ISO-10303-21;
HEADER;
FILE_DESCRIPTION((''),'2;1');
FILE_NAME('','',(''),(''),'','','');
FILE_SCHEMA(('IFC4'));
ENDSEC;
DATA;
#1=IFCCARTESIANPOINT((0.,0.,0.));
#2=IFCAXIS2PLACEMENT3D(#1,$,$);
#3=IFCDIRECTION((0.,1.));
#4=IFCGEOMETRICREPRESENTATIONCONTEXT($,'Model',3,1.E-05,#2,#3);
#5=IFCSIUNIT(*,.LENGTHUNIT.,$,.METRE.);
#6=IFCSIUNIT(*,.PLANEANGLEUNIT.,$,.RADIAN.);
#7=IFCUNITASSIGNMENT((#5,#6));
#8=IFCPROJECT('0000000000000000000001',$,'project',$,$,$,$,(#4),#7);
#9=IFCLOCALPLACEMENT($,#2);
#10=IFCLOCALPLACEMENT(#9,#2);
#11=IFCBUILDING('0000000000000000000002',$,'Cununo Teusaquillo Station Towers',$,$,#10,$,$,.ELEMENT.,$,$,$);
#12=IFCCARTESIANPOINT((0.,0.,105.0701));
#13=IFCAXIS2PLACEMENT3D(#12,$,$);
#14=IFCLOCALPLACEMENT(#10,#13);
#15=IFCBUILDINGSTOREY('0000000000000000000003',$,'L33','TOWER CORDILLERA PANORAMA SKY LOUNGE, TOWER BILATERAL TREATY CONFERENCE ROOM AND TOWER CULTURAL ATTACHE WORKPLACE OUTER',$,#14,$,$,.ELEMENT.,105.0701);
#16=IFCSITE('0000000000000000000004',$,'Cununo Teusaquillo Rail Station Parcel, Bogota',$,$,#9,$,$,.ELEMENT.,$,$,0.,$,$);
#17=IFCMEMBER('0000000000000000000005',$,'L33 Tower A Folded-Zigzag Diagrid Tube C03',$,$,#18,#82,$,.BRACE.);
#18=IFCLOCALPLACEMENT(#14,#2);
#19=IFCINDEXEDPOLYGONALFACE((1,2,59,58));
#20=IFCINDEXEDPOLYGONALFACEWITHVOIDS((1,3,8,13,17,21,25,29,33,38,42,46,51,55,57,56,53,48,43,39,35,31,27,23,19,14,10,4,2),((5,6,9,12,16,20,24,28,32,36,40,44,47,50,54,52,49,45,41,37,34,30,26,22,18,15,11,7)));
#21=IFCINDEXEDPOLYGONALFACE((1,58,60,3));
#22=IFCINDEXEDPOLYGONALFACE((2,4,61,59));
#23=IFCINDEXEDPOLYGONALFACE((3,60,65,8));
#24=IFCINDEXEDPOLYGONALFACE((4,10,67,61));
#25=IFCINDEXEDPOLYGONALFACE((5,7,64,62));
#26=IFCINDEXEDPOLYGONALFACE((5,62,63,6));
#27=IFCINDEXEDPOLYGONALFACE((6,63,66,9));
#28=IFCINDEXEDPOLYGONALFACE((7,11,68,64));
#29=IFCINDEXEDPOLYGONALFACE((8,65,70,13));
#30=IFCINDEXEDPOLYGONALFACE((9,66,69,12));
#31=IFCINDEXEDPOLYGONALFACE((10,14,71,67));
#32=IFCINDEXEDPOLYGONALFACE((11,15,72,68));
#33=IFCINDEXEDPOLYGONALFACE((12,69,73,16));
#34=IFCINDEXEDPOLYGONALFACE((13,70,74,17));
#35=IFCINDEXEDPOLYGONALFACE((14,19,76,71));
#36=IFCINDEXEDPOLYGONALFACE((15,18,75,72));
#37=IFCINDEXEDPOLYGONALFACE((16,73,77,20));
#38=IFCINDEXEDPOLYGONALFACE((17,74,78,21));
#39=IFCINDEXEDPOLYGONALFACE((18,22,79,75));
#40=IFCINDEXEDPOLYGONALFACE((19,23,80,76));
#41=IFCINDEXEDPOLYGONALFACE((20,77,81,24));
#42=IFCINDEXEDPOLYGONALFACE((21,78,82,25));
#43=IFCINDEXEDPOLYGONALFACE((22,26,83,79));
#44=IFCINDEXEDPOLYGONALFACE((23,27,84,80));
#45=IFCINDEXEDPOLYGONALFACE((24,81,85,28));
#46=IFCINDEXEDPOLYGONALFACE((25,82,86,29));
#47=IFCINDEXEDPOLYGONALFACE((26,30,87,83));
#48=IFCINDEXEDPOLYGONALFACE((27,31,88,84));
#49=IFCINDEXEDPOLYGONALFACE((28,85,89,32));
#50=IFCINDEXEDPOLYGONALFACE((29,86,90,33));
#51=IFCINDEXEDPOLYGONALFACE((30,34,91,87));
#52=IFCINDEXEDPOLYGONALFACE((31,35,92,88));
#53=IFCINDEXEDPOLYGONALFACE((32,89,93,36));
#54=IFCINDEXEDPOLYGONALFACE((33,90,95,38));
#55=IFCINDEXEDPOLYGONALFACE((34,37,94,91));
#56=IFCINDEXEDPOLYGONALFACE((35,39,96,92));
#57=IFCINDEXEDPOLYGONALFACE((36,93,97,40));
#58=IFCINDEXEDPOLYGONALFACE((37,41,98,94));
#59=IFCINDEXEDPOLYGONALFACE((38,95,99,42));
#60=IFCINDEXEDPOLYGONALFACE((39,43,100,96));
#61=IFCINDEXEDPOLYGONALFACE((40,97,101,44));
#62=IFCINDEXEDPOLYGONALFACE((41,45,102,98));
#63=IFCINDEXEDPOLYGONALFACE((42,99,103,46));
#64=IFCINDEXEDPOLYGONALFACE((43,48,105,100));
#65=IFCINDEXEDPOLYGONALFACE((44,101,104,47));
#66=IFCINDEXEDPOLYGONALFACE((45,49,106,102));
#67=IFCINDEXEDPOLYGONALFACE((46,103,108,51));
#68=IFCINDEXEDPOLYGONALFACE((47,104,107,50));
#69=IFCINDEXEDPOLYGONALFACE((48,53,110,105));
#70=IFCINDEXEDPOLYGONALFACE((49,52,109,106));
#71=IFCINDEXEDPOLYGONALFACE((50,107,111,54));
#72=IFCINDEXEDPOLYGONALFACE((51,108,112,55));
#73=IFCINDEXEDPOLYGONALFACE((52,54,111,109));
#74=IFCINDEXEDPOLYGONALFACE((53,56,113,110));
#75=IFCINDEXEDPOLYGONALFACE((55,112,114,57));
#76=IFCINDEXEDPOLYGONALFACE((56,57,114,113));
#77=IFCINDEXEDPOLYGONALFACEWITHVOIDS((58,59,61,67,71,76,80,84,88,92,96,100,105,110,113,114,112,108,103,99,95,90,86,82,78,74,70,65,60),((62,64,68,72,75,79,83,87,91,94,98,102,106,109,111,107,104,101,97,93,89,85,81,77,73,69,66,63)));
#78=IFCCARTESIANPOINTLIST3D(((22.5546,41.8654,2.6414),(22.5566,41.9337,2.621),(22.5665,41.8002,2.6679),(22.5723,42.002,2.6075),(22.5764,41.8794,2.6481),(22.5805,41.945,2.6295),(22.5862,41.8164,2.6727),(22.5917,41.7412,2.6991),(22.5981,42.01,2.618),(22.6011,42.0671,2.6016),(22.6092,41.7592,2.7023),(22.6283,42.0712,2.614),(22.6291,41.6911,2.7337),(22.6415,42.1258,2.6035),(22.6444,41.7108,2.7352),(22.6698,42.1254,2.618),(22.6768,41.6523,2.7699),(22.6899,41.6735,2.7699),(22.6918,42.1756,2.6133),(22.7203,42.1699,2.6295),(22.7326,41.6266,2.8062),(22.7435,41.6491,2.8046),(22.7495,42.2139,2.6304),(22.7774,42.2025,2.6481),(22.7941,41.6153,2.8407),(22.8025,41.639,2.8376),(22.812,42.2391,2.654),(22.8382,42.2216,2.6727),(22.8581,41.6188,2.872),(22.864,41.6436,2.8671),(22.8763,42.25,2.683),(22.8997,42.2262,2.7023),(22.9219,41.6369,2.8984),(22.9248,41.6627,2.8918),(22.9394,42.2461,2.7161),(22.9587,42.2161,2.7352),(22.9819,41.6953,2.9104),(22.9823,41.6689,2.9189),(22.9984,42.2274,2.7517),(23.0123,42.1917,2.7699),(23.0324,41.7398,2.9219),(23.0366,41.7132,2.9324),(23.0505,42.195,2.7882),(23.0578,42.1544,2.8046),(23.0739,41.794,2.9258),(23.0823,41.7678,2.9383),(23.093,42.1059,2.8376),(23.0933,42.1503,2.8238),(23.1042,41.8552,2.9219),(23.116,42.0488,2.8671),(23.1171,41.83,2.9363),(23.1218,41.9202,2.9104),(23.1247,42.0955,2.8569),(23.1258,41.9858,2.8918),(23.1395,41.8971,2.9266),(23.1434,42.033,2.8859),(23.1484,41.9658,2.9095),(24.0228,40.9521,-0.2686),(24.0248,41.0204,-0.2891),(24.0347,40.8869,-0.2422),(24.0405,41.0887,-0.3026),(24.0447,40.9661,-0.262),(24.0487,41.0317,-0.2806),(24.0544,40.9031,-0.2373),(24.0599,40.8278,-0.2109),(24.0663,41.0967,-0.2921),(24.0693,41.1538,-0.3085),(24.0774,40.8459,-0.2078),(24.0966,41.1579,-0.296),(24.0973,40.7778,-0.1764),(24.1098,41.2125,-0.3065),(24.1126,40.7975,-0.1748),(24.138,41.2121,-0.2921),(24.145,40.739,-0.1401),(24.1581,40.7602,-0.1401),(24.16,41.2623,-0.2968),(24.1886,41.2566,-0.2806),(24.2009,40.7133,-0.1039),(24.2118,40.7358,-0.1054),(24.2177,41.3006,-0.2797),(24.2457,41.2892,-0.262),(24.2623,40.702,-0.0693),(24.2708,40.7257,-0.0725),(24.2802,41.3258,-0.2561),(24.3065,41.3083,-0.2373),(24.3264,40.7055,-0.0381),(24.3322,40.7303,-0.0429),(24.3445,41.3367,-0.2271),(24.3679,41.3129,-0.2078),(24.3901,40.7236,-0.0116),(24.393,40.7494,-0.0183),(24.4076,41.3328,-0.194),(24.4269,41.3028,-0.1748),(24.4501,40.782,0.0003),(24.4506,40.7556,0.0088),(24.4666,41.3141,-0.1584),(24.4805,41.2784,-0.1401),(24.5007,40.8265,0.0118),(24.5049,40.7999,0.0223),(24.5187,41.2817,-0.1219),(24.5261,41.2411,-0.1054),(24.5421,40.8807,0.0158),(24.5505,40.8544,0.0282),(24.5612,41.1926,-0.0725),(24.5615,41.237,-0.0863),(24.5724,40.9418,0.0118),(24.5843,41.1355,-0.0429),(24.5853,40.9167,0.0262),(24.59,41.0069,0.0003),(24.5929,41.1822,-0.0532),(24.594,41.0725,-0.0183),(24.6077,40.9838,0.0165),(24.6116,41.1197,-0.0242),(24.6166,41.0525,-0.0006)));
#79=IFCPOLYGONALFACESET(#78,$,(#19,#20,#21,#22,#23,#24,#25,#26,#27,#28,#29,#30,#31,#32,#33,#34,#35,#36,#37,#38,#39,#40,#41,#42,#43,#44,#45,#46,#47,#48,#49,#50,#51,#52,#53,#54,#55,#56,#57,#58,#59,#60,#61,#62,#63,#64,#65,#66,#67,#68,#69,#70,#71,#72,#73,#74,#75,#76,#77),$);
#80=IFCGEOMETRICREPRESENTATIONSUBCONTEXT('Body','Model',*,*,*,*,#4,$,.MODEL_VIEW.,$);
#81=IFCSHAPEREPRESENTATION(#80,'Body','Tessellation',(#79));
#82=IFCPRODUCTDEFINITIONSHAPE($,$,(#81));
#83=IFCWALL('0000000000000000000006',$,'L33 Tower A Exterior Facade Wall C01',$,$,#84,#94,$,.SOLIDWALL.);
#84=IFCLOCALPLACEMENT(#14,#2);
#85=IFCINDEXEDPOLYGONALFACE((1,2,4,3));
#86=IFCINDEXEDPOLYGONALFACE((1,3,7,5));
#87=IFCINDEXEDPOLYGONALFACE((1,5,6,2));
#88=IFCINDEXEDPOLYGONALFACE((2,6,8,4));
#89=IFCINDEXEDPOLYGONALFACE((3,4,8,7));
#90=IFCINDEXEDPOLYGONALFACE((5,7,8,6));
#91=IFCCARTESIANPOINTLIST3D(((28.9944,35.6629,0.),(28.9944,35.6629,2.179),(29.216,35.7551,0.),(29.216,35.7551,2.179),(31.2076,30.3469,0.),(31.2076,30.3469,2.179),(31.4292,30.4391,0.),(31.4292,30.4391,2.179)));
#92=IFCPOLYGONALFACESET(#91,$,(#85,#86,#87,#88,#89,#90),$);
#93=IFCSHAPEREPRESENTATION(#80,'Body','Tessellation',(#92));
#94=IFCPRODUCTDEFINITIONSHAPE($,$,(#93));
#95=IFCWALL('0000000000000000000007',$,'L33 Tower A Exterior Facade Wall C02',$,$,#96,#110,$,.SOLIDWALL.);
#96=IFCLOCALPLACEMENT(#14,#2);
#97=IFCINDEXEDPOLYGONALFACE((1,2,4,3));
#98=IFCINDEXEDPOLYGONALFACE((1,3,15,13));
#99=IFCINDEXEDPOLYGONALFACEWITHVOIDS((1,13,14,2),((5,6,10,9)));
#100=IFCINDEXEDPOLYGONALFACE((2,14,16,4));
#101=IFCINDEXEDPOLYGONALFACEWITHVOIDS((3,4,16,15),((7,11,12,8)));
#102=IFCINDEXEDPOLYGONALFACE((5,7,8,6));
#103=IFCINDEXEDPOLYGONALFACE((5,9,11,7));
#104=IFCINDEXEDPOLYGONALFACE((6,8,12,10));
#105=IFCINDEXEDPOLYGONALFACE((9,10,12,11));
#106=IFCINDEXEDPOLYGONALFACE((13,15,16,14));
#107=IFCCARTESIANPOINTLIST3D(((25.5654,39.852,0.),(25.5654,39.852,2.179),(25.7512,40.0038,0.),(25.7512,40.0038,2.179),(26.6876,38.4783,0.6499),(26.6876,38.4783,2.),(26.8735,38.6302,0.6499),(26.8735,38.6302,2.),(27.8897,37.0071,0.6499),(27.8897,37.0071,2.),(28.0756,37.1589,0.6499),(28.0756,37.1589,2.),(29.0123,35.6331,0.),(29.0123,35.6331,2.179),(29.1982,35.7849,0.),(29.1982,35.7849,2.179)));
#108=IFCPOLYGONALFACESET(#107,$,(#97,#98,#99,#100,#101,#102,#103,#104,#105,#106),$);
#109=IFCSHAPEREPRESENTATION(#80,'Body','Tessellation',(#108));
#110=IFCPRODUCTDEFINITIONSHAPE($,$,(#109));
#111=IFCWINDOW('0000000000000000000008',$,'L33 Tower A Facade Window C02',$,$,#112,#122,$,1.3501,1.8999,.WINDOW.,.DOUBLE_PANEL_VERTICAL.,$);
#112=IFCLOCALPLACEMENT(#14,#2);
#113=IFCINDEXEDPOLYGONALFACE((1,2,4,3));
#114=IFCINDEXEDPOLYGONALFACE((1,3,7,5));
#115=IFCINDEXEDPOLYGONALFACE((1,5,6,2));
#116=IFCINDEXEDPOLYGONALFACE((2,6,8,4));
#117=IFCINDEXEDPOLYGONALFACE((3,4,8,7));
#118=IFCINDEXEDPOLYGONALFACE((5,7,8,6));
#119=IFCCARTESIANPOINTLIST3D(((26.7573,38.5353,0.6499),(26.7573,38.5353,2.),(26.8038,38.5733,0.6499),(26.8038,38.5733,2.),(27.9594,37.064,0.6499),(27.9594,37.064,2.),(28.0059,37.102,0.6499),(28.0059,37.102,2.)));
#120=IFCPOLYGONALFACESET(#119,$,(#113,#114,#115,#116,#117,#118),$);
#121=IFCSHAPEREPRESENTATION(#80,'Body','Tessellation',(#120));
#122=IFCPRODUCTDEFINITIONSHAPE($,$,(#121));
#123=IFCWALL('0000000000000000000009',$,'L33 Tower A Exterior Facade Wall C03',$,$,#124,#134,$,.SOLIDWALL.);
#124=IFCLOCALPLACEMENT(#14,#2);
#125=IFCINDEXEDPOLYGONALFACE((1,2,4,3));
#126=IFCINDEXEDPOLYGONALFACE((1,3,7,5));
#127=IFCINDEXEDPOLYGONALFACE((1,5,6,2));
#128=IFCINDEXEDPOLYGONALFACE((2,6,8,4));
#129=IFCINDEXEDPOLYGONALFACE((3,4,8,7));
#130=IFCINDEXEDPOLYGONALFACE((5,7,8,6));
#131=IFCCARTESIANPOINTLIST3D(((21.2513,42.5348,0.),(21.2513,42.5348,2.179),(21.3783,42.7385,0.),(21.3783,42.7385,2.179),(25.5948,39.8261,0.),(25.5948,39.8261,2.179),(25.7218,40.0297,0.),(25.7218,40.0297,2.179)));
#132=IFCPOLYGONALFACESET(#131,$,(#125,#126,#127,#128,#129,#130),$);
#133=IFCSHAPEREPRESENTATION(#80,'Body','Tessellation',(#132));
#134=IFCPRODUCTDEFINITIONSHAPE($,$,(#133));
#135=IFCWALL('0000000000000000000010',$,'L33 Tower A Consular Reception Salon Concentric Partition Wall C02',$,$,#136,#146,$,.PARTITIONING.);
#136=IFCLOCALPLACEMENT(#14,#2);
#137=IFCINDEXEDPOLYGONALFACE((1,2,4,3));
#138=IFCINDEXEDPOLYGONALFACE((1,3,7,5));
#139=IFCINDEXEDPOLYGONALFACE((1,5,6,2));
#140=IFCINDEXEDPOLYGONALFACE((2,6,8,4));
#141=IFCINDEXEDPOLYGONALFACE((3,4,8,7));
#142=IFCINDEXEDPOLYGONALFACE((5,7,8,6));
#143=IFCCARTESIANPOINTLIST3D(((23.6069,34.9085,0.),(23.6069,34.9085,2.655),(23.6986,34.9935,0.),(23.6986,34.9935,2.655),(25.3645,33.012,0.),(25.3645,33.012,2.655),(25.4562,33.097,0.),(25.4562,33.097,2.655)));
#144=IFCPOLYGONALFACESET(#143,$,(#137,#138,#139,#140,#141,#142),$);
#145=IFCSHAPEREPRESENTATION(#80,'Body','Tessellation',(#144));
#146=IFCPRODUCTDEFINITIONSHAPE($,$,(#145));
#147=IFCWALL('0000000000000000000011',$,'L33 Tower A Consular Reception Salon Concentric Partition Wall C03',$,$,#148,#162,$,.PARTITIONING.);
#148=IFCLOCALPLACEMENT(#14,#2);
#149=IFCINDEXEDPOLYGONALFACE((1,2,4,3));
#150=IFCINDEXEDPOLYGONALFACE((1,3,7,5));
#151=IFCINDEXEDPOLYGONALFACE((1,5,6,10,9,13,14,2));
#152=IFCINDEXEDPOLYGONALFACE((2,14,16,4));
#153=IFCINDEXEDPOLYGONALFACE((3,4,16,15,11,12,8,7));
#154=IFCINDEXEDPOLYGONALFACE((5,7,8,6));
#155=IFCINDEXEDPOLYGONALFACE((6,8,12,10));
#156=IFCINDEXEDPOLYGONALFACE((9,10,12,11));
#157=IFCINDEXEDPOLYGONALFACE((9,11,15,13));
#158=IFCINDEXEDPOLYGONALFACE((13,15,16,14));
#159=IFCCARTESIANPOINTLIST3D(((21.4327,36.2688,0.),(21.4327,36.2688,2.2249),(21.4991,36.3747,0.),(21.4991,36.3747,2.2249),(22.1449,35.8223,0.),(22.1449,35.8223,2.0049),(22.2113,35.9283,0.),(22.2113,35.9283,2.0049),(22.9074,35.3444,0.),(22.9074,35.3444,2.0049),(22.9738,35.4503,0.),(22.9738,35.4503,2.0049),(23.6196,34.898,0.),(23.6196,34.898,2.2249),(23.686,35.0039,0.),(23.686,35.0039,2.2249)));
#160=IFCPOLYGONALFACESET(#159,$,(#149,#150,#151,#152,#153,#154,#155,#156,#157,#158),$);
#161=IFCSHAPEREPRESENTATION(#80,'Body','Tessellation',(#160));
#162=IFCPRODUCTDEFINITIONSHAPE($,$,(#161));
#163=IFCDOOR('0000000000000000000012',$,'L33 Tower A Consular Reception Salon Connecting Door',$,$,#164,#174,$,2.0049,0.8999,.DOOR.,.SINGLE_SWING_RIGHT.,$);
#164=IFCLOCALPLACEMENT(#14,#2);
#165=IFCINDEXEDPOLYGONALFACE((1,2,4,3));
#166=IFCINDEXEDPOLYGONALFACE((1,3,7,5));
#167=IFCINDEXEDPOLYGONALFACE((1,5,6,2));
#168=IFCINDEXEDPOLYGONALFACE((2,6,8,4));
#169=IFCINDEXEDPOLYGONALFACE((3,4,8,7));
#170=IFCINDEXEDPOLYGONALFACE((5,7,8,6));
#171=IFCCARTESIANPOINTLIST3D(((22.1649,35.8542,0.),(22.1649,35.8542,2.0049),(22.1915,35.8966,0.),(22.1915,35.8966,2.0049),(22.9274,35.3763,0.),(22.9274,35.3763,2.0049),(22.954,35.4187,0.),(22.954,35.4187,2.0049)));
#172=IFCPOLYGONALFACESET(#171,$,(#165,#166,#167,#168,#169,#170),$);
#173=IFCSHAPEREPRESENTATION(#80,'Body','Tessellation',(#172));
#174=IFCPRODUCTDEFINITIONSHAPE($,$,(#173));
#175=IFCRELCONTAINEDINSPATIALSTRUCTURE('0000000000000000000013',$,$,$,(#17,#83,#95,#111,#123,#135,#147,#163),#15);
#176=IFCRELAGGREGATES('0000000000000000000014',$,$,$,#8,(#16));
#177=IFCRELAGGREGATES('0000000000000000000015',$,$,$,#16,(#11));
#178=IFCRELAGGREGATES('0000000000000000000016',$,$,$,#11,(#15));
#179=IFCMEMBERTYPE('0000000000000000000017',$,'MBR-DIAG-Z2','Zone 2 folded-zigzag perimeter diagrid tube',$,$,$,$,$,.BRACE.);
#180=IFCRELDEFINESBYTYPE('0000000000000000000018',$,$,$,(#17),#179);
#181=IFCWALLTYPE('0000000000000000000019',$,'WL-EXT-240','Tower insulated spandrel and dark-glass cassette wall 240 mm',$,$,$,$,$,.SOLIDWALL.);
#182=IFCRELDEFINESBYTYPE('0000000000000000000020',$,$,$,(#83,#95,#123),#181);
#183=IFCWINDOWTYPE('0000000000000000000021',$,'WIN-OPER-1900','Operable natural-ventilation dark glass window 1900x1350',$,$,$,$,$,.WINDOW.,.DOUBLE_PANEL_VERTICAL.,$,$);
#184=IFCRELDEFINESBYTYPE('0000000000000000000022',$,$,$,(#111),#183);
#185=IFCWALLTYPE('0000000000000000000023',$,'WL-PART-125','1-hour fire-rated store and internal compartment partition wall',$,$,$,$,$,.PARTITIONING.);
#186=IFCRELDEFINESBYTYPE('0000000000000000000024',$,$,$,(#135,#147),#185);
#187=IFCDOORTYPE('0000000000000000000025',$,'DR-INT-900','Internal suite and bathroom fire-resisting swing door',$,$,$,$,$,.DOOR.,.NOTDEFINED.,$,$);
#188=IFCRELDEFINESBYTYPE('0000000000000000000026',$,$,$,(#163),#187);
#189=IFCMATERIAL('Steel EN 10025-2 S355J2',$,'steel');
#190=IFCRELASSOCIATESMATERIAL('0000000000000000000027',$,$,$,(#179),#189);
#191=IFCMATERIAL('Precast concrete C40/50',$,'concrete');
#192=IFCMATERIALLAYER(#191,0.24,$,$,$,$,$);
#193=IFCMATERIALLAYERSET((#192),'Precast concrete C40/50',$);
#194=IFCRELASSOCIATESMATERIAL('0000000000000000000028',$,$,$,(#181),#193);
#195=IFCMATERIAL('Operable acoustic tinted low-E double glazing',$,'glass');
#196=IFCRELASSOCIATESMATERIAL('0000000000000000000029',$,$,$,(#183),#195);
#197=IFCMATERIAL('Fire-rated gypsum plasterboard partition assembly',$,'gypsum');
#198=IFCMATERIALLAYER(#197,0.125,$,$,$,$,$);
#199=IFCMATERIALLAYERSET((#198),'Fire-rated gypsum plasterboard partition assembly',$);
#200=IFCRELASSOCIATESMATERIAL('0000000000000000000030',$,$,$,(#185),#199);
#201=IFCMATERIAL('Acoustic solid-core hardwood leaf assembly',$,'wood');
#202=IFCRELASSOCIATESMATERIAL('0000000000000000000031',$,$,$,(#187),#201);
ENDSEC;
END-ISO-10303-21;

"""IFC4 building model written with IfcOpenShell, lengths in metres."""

from ifc_helpers import new_model, si_unit, direction, frame, frame_2d, origin, origin_2d, place, context, subcontext, project, spatial, rectangle, hollow_circle, extrude, source, transform, mapped, material, layer, layer_set, material_profile, profile_set, type_object, element, fill, save


model = new_model("IFC4")

# Units and contexts
model_context = context("Model", 3, precision=1e-05, world=origin(), true_north=direction((0.0, 1.0)))
body_context = subcontext(model_context, "Body", "Model", "MODEL_VIEW")
ifc_project = project(units=[si_unit("LENGTHUNIT", "METRE"), si_unit("PLANEANGLEUNIT", "RADIAN")], contexts=[model_context])

# Site, building, storey
site_placement = place(None, origin())
site = spatial("IfcSite", under=ifc_project, at=site_placement, Name="Cununo Teusaquillo Rail Station Parcel, Bogota", CompositionType="ELEMENT", RefElevation=0.0)
building_placement = place(site_placement, origin())
building = spatial("IfcBuilding", under=site, at=building_placement, Name="Cununo Teusaquillo Station Towers", CompositionType="ELEMENT")
storey_placement = place(building_placement, frame((0.0, 0.0, 105.0701)))
storey = spatial("IfcBuildingStorey", under=building, at=storey_placement, Name="L33", Description="TOWER CORDILLERA PANORAMA SKY LOUNGE, TOWER BILATERAL TREATY CONFERENCE ROOM AND TOWER CULTURAL ATTACHE WORKPLACE OUTER", CompositionType="ELEMENT", Elevation=105.0701)

# Member
ifc_material_1 = material(Name="Steel EN 10025-2 S355J2", Category="steel")
ifc_material_profile_1 = material_profile(ifc_material_1, hollow_circle(Radius=0.3301, WallThickness=0.0249, at=origin_2d()), Name="CHS 660x25")
ifc_profile_set_1 = profile_set([ifc_material_profile_1], Name="Steel EN 10025-2 S355J2")
member_type = type_object("IfcMemberType", Name="MBR-DIAG-Z2", Description="Zone 2 folded-zigzag perimeter diagrid tube", PredefinedType="BRACE", material=ifc_profile_set_1)
member_1_placement = place(storey_placement, frame((24.3193, 41.0193, -0.1401), z_axis=(-0.433741, 0.269808, 0.859693), x_axis=(-0.528196, -0.849123, 0.0)))
element("IfcMember", 1, at=member_1_placement, inside=storey, type_object=member_type, Name="L33 Tower A Folded-Zigzag Diagrid Tube C03", PredefinedType="BRACE", context=body_context, shape_type="SweptSolid", body=[
    extrude(hollow_circle(Radius=0.3301, WallThickness=0.0249, at=origin_2d()), origin(), (0.0, 0.0, 1.0), 3.385),
])

# Wall
ifc_material_2 = material(Name="Precast concrete C40/50", Category="concrete")
ifc_layer_1 = layer(ifc_material_2, 0.24)
ifc_layer_set_1 = layer_set([ifc_layer_1], Name="Precast concrete C40/50")
wall_type_1 = type_object("IfcWallType", Name="WL-EXT-240", Description="Tower insulated spandrel and dark-glass cassette wall 240 mm", PredefinedType="SOLIDWALL", material=ifc_layer_set_1)
wall_1_placement = place(storey_placement, frame((29.1052, 35.709, 0.0), z_axis=(0.0, 0.0, 1.0), x_axis=(0.384344, -0.92319, 0.0)))
element("IfcWall", 2, at=wall_1_placement, inside=storey, type_object=wall_type_1, Name="L33 Tower A Exterior Facade Wall C01", PredefinedType="SOLIDWALL", context=body_context, shape_type="SweptSolid", body=[
    extrude(rectangle(XDim=5.7583, YDim=0.24, at=frame_2d((2.8792, 0.0))), origin(), (0.0, 0.0, 1.0), 2.179),
])

# Wall, opening, window
wall_2_placement = place(storey_placement, frame((25.6582, 39.928, 0.0), z_axis=(0.0, 0.0, 1.0), x_axis=(0.632701, -0.774396, 0.0)))
wall_2 = element("IfcWall", 3, at=wall_2_placement, inside=storey, type_object=wall_type_1, Name="L33 Tower A Exterior Facade Wall C02", PredefinedType="SOLIDWALL", context=body_context, shape_type="SweptSolid", body=[
    extrude(rectangle(XDim=5.448, YDim=0.24, at=frame_2d((2.7241, 0.0))), origin(), (0.0, 0.0, 1.0), 2.179),
])
shared_shape_1 = source(origin(), body_context, "Body", "SweptSolid", [
    extrude(rectangle(XDim=1.8999, YDim=1.3501, at=frame_2d((0.95, 0.675))), frame((0.0, 0.1299, 0.0), z_axis=(0.0, -1.0, 0.0), x_axis=(1.0, 0.0, 0.0)), (0.0, 0.0, 1.0), 0.26),
])
opening_1_placement = place(wall_2_placement, frame((1.7739, 0.0, 0.6499)))
opening_1 = element("IfcOpeningElement", 4, at=opening_1_placement, cuts=wall_2, PredefinedType="OPENING", context=body_context, shape_type="MappedRepresentation", body=[
    mapped(shared_shape_1, transform((0.0, 0.0, 0.0), x_axis=(1.0, 0.0, 0.0), y_axis=(0.0, 1.0, 0.0), z_axis=(0.0, 0.0, 1.0), scale=1.0)),
])
ifc_material_3 = material(Name="Operable acoustic tinted low-E double glazing", Category="glass")
window_type = type_object("IfcWindowType", Name="WIN-OPER-1900", Description="Operable natural-ventilation dark glass window 1900x1350", PartitioningType="DOUBLE_PANEL_VERTICAL", PredefinedType="WINDOW", material=ifc_material_3)
shared_shape_2 = source(origin(), body_context, "Body", "SweptSolid", [
    extrude(rectangle(XDim=1.8999, YDim=1.3501, at=frame_2d((0.95, 0.675))), frame((0.0, 0.03, 0.0), z_axis=(0.0, -1.0, 0.0), x_axis=(1.0, 0.0, 0.0)), (0.0, 0.0, 1.0), 0.0601),
])
window_placement = place(opening_1_placement, origin())
window = element("IfcWindow", 5, at=window_placement, inside=storey, type_object=window_type, Name="L33 Tower A Facade Window C02", OverallHeight=1.3501, OverallWidth=1.8999, PartitioningType="DOUBLE_PANEL_VERTICAL", PredefinedType="WINDOW", context=body_context, shape_type="MappedRepresentation", body=[
    mapped(shared_shape_2, transform((0.0, 0.0, 0.0), x_axis=(1.0, 0.0, 0.0), y_axis=(0.0, 1.0, 0.0), z_axis=(0.0, 0.0, 1.0), scale=1.0)),
])
fill(opening_1, window)

# Walls
wall_3_placement = place(storey_placement, frame((21.3147, 42.6367, 0.0), z_axis=(0.0, 0.0, 1.0), x_axis=(0.84852, -0.529163, 0.0)))
element("IfcWall", 6, at=wall_3_placement, inside=storey, type_object=wall_type_1, Name="L33 Tower A Exterior Facade Wall C03", PredefinedType="SOLIDWALL", context=body_context, shape_type="SweptSolid", body=[
    extrude(rectangle(XDim=5.1189, YDim=0.24, at=frame_2d((2.5596, 0.0))), origin(), (0.0, 0.0, 1.0), 2.179),
])
ifc_material_4 = material(Name="Fire-rated gypsum plasterboard partition assembly", Category="gypsum")
ifc_layer_2 = layer(ifc_material_4, 0.125)
ifc_layer_set_2 = layer_set([ifc_layer_2], Name="Fire-rated gypsum plasterboard partition assembly")
wall_type_2 = type_object("IfcWallType", Name="WL-PART-125", Description="1-hour fire-rated store and internal compartment partition wall", PredefinedType="PARTITIONING", material=ifc_layer_set_2)
wall_4_placement = place(storey_placement, frame((25.4104, 33.0544, 0.0), z_axis=(0.0, 0.0, 1.0), x_axis=(-0.679734, 0.733459, 0.0)))
element("IfcWall", 7, at=wall_4_placement, inside=storey, type_object=wall_type_2, Name="L33 Tower A Consular Reception Salon Concentric Partition Wall C02", PredefinedType="PARTITIONING", context=body_context, shape_type="SweptSolid", body=[
    extrude(rectangle(XDim=2.5857, YDim=0.125, at=frame_2d((1.293, 0.0))), origin(), (0.0, 0.0, 1.0), 2.655),
])

# Wall, opening, door
wall_5_placement = place(storey_placement, frame((23.6528, 34.9509, 0.0), z_axis=(0.0, 0.0, 1.0), x_axis=(-0.847307, 0.531104, 0.0)))
wall_5 = element("IfcWall", 8, at=wall_5_placement, inside=storey, type_object=wall_type_2, Name="L33 Tower A Consular Reception Salon Concentric Partition Wall C03", PredefinedType="PARTITIONING", context=body_context, shape_type="SweptSolid", body=[
    extrude(rectangle(XDim=2.5811, YDim=0.125, at=frame_2d((1.2905, 0.0))), origin(), (0.0, 0.0, 1.0), 2.2249),
])
shared_shape_3 = source(origin(), body_context, "Body", "SweptSolid", [
    extrude(rectangle(XDim=0.8999, YDim=2.0049, at=frame_2d((0.45, 1.0024))), frame((0.0, 0.0725, 0.0), z_axis=(0.0, -1.0, 0.0), x_axis=(1.0, 0.0, 0.0)), (0.0, 0.0, 1.0), 0.145),
])
opening_2_placement = place(wall_5_placement, frame((0.8406, 0.0, 0.0)))
opening_2 = element("IfcOpeningElement", 9, at=opening_2_placement, cuts=wall_5, PredefinedType="OPENING", context=body_context, shape_type="MappedRepresentation", body=[
    mapped(shared_shape_3, transform((0.0, 0.0, 0.0), x_axis=(1.0, 0.0, 0.0), y_axis=(0.0, 1.0, 0.0), z_axis=(0.0, 0.0, 1.0), scale=1.0)),
])
ifc_material_5 = material(Name="Acoustic solid-core hardwood leaf assembly", Category="wood")
door_type_1 = type_object("IfcDoorType", Name="DR-INT-900", Description="Internal suite and bathroom fire-resisting swing door", OperationType="NOTDEFINED", PredefinedType="DOOR", material=ifc_material_5)
shared_shape_4 = source(origin(), body_context, "Body", "SweptSolid", [
    extrude(rectangle(XDim=0.8999, YDim=2.0049, at=frame_2d((0.45, 1.0024))), frame((0.0, 0.0249, 0.0), z_axis=(0.0, -1.0, 0.0), x_axis=(1.0, 0.0, 0.0)), (0.0, 0.0, 1.0), 0.05),
])
door_1_placement = place(opening_2_placement, origin())
door_1 = element("IfcDoor", 10, at=door_1_placement, inside=storey, type_object=door_type_1, Name="L33 Tower A Consular Reception Salon Connecting Door", OperationType="SINGLE_SWING_RIGHT", OverallHeight=2.0049, OverallWidth=0.8999, PredefinedType="DOOR", context=body_context, shape_type="MappedRepresentation", body=[
    mapped(shared_shape_4, transform((0.0, 0.0, 0.0), x_axis=(1.0, 0.0, 0.0), y_axis=(0.0, 1.0, 0.0), z_axis=(0.0, 0.0, 1.0), scale=1.0)),
])
fill(opening_2, door_1)

save(model, "model.ifc")
